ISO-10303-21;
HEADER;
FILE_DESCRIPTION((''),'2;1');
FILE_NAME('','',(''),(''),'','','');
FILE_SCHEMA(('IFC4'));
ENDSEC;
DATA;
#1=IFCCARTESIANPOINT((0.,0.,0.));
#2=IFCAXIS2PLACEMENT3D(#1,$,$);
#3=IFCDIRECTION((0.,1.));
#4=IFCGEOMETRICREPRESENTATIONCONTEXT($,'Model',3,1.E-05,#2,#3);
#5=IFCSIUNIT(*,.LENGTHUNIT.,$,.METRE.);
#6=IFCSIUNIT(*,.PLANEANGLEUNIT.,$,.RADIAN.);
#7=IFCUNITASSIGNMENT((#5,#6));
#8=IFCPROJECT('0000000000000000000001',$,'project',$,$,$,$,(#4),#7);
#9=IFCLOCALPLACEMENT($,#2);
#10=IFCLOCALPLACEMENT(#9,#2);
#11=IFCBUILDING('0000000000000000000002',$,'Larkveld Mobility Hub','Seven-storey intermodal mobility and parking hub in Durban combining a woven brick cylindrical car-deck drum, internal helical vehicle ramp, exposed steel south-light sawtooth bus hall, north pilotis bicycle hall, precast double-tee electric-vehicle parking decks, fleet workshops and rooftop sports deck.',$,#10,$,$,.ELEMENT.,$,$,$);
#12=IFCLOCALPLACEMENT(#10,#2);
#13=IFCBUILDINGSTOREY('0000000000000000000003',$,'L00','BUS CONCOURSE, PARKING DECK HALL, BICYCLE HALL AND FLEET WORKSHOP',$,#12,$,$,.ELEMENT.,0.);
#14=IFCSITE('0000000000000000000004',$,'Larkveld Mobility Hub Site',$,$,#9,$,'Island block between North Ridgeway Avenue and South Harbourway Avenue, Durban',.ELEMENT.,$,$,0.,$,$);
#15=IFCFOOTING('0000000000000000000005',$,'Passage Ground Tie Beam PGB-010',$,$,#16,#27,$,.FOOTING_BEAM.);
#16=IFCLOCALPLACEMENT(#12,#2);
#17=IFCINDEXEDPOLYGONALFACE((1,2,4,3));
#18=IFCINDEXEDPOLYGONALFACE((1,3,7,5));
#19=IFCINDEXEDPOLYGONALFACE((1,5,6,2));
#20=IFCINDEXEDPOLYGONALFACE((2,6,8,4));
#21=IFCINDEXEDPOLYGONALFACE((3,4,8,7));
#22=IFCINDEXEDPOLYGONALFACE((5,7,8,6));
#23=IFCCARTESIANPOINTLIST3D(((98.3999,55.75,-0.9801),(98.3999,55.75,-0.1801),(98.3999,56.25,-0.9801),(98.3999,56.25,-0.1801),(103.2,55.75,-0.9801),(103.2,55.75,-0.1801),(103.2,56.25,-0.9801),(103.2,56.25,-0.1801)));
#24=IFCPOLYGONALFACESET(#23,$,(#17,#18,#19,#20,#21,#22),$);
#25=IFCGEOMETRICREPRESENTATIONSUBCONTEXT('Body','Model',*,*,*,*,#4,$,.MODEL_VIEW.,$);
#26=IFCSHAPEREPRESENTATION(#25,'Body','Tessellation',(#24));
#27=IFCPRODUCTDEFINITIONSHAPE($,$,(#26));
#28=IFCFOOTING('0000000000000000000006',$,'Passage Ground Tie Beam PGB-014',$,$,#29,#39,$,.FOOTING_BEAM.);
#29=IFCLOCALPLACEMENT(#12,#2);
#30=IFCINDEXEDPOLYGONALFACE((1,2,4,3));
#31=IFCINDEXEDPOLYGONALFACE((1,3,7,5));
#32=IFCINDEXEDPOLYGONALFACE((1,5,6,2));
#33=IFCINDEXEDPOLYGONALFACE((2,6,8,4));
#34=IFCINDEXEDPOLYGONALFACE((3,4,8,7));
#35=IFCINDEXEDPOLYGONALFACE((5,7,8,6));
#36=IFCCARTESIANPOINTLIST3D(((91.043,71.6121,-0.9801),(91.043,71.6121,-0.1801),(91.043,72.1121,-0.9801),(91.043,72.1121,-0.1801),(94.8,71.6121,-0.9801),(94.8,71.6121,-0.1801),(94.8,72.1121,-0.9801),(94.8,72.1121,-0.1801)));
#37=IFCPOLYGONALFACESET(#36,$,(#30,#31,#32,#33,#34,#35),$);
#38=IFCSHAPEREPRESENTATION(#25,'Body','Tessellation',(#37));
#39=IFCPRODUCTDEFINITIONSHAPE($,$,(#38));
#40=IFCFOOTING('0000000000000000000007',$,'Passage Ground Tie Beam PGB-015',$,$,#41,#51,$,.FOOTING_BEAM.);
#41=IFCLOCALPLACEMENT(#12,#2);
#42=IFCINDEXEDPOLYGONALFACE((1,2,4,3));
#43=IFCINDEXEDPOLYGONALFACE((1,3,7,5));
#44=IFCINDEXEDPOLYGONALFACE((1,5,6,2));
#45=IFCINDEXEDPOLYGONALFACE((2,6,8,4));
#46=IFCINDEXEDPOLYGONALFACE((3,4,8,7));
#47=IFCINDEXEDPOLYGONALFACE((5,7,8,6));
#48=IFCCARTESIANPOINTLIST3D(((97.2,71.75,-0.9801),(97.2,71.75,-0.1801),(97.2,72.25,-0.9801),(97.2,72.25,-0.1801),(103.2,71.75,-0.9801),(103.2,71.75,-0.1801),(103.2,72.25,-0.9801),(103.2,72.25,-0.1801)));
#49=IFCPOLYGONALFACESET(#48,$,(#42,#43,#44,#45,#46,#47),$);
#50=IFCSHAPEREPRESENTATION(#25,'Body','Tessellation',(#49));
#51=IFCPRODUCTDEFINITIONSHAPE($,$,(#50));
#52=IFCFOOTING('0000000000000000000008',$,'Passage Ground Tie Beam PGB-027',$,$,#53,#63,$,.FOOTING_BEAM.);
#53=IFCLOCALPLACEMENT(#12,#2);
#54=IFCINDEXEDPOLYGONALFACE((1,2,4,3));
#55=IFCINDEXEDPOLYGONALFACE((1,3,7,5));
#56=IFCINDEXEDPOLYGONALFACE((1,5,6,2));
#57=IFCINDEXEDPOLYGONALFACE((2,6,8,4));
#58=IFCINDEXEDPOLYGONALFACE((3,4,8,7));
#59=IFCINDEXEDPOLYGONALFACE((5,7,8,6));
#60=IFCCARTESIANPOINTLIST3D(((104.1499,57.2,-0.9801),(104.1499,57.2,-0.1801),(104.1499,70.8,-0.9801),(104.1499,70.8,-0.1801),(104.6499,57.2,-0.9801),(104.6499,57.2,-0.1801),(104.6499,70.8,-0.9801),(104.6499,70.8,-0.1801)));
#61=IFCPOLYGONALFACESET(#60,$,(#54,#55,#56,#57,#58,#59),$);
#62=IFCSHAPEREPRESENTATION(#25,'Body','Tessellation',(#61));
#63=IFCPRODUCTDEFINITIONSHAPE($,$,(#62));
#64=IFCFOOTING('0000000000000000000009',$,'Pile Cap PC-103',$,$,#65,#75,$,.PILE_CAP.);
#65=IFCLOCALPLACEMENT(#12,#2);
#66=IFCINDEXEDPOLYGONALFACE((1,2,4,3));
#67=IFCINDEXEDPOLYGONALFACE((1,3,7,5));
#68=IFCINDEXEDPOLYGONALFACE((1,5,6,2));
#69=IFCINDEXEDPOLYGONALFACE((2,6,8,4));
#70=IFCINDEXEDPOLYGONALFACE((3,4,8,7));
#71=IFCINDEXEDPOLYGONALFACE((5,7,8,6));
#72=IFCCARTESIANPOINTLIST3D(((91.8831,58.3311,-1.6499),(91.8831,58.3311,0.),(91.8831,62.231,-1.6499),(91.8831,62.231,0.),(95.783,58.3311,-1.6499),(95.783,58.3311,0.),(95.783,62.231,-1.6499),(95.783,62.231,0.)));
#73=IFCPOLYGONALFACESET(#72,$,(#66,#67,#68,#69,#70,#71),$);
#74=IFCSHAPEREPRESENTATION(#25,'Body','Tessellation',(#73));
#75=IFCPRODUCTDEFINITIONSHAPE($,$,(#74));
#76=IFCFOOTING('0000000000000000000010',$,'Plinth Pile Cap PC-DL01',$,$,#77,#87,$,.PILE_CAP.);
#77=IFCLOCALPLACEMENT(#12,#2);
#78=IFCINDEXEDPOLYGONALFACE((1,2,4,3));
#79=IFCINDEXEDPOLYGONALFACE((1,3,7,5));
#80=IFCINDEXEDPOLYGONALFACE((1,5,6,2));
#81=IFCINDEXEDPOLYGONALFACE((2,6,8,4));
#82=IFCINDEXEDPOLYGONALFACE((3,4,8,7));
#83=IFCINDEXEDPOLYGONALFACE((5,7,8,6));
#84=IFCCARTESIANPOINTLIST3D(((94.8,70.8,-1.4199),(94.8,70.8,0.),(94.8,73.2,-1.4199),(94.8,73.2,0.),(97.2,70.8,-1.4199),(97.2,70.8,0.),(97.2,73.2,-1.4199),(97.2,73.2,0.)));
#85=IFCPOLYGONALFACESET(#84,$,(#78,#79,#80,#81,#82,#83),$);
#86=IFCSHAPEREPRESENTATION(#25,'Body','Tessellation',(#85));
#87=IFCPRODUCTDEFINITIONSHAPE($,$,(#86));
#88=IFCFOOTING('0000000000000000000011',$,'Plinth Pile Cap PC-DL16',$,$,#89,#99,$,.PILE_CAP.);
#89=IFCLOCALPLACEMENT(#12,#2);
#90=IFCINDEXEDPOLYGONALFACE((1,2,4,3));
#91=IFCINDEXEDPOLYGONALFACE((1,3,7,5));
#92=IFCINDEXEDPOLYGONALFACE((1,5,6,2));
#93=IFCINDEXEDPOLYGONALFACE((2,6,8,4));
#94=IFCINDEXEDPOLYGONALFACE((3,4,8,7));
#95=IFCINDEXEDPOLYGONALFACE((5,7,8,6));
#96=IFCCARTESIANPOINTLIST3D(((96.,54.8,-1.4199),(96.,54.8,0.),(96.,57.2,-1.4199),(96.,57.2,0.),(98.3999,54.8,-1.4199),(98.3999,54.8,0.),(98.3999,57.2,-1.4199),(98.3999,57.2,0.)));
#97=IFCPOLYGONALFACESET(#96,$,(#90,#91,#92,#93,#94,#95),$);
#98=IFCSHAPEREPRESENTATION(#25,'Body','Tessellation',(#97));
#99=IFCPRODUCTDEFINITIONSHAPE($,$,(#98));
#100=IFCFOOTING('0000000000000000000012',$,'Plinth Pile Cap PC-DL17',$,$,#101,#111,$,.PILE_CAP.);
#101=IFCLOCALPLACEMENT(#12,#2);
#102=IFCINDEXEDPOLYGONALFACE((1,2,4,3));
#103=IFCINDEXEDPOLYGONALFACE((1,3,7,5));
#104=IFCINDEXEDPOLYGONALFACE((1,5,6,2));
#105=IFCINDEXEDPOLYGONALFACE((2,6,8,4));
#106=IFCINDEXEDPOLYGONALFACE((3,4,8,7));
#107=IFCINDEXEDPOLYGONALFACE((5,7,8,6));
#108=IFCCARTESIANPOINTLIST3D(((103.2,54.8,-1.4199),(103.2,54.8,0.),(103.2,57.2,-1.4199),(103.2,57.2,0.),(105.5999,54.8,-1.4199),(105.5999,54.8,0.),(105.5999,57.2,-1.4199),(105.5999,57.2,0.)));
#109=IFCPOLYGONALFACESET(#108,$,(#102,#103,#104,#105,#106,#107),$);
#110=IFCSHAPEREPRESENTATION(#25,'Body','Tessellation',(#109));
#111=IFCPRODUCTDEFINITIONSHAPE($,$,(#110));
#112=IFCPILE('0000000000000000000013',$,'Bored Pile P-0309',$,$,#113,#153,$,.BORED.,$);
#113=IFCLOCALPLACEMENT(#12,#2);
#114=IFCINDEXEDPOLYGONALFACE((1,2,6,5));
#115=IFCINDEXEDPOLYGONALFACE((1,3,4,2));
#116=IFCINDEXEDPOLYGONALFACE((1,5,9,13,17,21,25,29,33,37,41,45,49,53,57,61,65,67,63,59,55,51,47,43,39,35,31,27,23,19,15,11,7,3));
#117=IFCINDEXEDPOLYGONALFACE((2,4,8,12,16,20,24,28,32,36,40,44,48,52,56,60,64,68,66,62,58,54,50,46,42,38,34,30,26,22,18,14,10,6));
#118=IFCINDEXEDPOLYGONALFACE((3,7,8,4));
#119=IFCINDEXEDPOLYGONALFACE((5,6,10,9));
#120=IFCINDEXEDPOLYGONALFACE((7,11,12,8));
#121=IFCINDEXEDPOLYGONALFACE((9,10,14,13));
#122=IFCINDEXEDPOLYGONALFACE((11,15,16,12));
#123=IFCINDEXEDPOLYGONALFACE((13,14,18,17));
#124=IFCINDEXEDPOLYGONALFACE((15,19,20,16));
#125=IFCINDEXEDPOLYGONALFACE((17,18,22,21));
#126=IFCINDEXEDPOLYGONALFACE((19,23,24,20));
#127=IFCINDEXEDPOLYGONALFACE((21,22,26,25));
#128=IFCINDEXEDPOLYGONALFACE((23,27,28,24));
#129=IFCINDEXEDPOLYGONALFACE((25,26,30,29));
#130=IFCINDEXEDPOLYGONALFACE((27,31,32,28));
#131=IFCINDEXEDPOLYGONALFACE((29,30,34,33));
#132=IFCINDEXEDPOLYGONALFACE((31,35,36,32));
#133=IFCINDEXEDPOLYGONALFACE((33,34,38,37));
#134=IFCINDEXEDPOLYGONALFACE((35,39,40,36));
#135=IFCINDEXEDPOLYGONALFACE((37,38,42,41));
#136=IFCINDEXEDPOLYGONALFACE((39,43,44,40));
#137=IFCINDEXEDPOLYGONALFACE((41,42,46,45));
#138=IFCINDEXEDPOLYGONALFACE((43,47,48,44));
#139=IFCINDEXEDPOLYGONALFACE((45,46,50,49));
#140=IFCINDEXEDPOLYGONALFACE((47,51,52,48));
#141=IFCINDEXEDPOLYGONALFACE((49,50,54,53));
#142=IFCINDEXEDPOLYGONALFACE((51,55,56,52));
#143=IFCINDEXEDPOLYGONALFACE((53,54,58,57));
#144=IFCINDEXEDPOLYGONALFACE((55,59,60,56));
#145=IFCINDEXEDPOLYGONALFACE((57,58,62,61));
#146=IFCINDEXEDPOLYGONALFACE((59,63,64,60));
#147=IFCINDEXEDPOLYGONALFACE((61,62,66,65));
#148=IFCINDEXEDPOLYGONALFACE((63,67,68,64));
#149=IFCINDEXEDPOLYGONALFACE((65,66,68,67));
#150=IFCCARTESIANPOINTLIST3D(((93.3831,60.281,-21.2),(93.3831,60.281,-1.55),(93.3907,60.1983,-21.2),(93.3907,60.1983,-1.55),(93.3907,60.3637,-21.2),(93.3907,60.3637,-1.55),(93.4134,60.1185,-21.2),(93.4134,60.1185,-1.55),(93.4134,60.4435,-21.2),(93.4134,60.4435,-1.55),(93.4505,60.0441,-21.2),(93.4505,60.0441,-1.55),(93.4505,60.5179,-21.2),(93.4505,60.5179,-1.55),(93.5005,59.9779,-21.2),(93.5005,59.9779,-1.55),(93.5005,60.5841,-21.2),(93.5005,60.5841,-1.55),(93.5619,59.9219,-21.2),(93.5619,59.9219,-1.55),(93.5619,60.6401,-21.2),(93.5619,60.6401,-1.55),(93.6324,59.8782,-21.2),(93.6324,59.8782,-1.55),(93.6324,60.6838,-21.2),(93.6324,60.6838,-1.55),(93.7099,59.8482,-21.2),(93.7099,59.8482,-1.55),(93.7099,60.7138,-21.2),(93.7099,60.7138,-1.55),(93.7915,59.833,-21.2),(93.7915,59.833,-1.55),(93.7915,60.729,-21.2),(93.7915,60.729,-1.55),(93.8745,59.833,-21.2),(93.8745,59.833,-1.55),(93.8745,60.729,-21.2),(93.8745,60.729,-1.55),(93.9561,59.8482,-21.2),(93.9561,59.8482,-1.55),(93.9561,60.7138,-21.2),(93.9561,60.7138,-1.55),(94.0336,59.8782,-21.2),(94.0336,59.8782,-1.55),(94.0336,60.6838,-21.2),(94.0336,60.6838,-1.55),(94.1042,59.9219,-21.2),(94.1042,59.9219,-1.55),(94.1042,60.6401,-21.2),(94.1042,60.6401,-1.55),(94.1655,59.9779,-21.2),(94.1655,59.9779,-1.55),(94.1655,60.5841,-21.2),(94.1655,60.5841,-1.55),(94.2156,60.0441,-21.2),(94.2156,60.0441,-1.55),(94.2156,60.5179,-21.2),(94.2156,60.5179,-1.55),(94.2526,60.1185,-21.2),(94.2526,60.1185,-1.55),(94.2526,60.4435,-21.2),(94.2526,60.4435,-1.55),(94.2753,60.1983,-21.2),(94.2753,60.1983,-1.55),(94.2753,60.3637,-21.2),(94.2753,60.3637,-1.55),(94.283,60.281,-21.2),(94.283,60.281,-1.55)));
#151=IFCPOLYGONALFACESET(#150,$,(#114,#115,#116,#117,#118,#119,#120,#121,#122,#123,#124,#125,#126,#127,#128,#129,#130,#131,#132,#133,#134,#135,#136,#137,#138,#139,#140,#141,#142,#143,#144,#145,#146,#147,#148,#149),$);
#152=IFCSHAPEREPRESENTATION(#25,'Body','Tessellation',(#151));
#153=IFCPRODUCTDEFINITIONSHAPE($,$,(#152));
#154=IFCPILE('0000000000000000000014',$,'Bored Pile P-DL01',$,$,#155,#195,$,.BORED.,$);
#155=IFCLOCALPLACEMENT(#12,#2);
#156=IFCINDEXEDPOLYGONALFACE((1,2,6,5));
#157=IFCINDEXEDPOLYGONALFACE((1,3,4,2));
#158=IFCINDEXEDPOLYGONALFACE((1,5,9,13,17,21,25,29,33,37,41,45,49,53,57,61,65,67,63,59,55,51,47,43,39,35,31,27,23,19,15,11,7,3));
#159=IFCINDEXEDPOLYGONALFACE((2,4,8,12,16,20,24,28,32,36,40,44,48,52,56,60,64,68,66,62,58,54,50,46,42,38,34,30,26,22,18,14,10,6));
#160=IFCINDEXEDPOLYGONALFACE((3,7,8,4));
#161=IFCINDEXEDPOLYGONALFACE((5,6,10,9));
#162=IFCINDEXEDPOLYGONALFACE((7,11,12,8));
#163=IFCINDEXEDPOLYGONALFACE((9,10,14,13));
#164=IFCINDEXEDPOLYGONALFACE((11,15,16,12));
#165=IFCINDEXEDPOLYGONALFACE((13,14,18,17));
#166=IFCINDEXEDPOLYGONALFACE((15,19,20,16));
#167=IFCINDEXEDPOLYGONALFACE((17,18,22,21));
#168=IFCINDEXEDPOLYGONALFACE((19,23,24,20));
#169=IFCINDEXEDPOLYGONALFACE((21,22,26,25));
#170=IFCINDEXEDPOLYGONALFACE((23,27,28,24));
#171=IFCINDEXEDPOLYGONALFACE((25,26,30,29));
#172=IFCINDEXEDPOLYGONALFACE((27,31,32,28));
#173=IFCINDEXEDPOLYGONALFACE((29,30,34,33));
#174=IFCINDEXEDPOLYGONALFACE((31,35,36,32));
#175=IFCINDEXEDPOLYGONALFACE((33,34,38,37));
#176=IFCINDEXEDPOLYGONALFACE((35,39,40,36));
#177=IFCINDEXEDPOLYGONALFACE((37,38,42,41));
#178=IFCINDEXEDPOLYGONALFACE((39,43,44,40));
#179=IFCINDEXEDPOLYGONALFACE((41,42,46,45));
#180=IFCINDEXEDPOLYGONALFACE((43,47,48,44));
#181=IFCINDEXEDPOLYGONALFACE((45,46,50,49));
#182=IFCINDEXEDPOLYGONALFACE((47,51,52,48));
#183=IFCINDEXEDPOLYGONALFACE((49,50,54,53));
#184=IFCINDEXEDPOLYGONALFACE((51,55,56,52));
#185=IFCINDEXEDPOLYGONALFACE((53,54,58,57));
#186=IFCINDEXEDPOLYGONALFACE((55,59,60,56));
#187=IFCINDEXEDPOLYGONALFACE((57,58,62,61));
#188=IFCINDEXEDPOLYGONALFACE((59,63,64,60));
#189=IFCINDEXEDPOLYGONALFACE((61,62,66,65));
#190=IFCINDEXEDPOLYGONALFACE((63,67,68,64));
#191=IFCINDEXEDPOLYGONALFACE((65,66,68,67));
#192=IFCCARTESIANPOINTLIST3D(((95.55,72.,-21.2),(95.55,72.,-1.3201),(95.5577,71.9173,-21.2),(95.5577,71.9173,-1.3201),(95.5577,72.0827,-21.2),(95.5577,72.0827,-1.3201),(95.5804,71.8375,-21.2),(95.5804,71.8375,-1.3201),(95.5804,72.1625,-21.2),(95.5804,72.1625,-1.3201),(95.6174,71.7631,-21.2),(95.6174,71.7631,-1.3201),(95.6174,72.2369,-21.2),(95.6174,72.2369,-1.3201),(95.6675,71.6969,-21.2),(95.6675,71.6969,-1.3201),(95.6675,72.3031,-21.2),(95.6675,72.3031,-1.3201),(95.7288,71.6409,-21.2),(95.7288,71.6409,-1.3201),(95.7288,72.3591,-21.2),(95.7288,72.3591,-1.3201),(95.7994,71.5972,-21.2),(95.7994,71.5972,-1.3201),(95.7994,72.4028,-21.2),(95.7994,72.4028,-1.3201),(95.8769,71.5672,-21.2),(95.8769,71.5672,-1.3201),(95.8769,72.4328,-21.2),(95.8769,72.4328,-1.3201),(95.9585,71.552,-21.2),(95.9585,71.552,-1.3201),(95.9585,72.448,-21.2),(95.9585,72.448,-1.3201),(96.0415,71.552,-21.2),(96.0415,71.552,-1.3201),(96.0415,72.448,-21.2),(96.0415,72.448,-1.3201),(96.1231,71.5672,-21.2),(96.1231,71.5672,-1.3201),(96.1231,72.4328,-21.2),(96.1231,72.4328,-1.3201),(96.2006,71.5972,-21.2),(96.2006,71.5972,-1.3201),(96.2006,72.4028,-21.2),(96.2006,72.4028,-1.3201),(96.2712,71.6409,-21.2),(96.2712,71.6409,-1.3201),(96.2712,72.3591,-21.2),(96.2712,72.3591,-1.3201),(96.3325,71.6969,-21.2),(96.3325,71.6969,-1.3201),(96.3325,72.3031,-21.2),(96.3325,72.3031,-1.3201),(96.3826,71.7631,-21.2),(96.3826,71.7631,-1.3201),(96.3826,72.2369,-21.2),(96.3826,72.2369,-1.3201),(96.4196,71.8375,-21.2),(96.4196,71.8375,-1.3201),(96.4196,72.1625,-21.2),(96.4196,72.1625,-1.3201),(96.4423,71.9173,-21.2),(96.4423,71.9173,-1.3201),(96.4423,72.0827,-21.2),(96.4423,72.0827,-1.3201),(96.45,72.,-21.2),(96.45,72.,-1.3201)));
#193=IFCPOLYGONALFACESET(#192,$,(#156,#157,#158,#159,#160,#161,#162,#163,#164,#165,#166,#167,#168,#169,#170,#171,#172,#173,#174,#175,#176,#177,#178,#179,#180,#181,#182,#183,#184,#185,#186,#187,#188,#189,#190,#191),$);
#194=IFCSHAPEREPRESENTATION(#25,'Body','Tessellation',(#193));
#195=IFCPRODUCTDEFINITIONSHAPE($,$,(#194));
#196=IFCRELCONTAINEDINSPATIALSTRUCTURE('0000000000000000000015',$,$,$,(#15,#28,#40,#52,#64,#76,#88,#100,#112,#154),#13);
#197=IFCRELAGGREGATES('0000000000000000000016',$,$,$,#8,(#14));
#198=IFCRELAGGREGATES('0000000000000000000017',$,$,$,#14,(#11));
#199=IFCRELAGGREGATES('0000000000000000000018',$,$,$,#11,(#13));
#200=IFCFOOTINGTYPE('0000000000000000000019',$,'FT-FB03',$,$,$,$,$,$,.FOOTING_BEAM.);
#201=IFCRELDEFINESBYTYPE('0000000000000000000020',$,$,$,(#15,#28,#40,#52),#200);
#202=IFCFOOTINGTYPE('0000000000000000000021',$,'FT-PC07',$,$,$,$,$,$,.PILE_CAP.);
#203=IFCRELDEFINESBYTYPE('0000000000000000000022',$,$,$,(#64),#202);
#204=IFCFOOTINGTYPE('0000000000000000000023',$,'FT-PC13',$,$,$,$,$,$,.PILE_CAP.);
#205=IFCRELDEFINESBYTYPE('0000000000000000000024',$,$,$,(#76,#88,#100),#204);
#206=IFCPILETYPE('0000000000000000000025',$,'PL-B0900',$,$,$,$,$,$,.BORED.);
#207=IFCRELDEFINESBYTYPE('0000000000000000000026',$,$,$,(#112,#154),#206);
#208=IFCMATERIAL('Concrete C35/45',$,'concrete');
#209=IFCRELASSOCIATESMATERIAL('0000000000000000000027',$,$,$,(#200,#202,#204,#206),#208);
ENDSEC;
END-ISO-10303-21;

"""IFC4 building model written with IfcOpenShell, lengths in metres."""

from ifc_helpers import new_model, si_unit, direction, frame, origin, origin_2d, place, context, subcontext, project, spatial, rectangle, circle, extrude, material, material_profile, profile_set, type_object, element, save


model = new_model("IFC4")

# Units and contexts
model_context = context("Model", 3, precision=1e-05, world=origin(), true_north=direction((0.0, 1.0)))
body_context = subcontext(model_context, "Body", "Model", "MODEL_VIEW")
ifc_project = project(units=[si_unit("LENGTHUNIT", "METRE"), si_unit("PLANEANGLEUNIT", "RADIAN")], contexts=[model_context])

# Site, building, storey
site_placement = place(None, origin())
site = spatial("IfcSite", under=ifc_project, at=site_placement, Name="Larkveld Mobility Hub Site", LongName="Island block between North Ridgeway Avenue and South Harbourway Avenue, Durban", CompositionType="ELEMENT", RefElevation=0.0)
building_placement = place(site_placement, origin())
building = spatial("IfcBuilding", under=site, at=building_placement, Name="Larkveld Mobility Hub", Description="Seven-storey intermodal mobility and parking hub in Durban combining a woven brick cylindrical car-deck drum, internal helical vehicle ramp, exposed steel south-light sawtooth bus hall, north pilotis bicycle hall, precast double-tee electric-vehicle parking decks, fleet workshops and rooftop sports deck.", CompositionType="ELEMENT")
storey_placement = place(building_placement, origin())
storey = spatial("IfcBuildingStorey", under=building, at=storey_placement, Name="L00", Description="BUS CONCOURSE, PARKING DECK HALL, BICYCLE HALL AND FLEET WORKSHOP", CompositionType="ELEMENT", Elevation=0.0)

# Footings
ifc_material_1 = material(Name="Concrete C35/45", Category="concrete")
ifc_material_profile_1 = material_profile(ifc_material_1, rectangle(XDim=0.5, YDim=0.8, at=origin_2d()), Name="RC BM 500x800")
ifc_profile_set_1 = profile_set([ifc_material_profile_1], Name="Concrete C35/45")
footing_type_1 = type_object("IfcFootingType", Name="FT-FB03", PredefinedType="FOOTING_BEAM", material=ifc_profile_set_1)
footing_1_placement = place(storey_placement, frame((98.3999, 56.0, -0.5801), z_axis=(1.0, 0.0, 0.0), x_axis=(0.0, 1.0, 0.0)))
element("IfcFooting", 1, at=footing_1_placement, inside=storey, type_object=footing_type_1, Name="Passage Ground Tie Beam PGB-010", PredefinedType="FOOTING_BEAM", context=body_context, shape_type="SweptSolid", body=[
    extrude(rectangle(XDim=0.5, YDim=0.8, at=origin_2d()), origin(), (0.0, 0.0, 1.0), 4.8),
])
footing_2_placement = place(storey_placement, frame((91.043, 71.8621, -0.5801), z_axis=(1.0, 0.0, 0.0), x_axis=(0.0, 1.0, 0.0)))
element("IfcFooting", 2, at=footing_2_placement, inside=storey, type_object=footing_type_1, Name="Passage Ground Tie Beam PGB-014", PredefinedType="FOOTING_BEAM", context=body_context, shape_type="SweptSolid", body=[
    extrude(rectangle(XDim=0.5, YDim=0.8, at=origin_2d()), origin(), (0.0, 0.0, 1.0), 3.7571),
])
footing_3_placement = place(storey_placement, frame((97.2, 72.0, -0.5801), z_axis=(1.0, 0.0, 0.0), x_axis=(0.0, 1.0, 0.0)))
element("IfcFooting", 3, at=footing_3_placement, inside=storey, type_object=footing_type_1, Name="Passage Ground Tie Beam PGB-015", PredefinedType="FOOTING_BEAM", context=body_context, shape_type="SweptSolid", body=[
    extrude(rectangle(XDim=0.5, YDim=0.8, at=origin_2d()), origin(), (0.0, 0.0, 1.0), 6.0),
])
footing_4_placement = place(storey_placement, frame((104.3999, 57.2, -0.5801), z_axis=(0.0, 1.0, 0.0), x_axis=(-1.0, 0.0, 0.0)))
element("IfcFooting", 4, at=footing_4_placement, inside=storey, type_object=footing_type_1, Name="Passage Ground Tie Beam PGB-027", PredefinedType="FOOTING_BEAM", context=body_context, shape_type="SweptSolid", body=[
    extrude(rectangle(XDim=0.5, YDim=0.8, at=origin_2d()), origin(), (0.0, 0.0, 1.0), 13.6001),
])
footing_type_2 = type_object("IfcFootingType", Name="FT-PC07", PredefinedType="PILE_CAP", material=ifc_material_1)
footing_5_placement = place(storey_placement, frame((93.833, 60.281, -1.6499), z_axis=(0.0, 0.0, 1.0), x_axis=(1.0, 0.0, 0.0)))
element("IfcFooting", 5, at=footing_5_placement, inside=storey, type_object=footing_type_2, Name="Pile Cap PC-103", PredefinedType="PILE_CAP", context=body_context, shape_type="SweptSolid", body=[
    extrude(rectangle(XDim=3.8999, YDim=3.8999, at=origin_2d()), origin(), (0.0, 0.0, 1.0), 1.6499),
])
footing_type_3 = type_object("IfcFootingType", Name="FT-PC13", PredefinedType="PILE_CAP", material=ifc_material_1)
for number, where, z_axis, x_axis, name in (
    (6, (96.0, 72.0, -1.4199), (0.0, 0.0, 1.0), (1.0, 0.0, 0.0), "Plinth Pile Cap PC-DL01"),
    (7, (97.2, 56.0, -1.4199), (0.0, 0.0, 1.0), (1.0, 0.0, 0.0), "Plinth Pile Cap PC-DL16"),
    (8, (104.3999, 56.0, -1.4199), (0.0, 0.0, 1.0), (1.0, 0.0, 0.0), "Plinth Pile Cap PC-DL17"),
):
    element("IfcFooting", number, at=place(storey_placement, frame(where, z_axis=z_axis, x_axis=x_axis)), inside=storey, type_object=footing_type_3, Name=name, PredefinedType="PILE_CAP", context=body_context, shape_type="SweptSolid", body=[
        extrude(rectangle(XDim=2.3999, YDim=2.3999, at=origin_2d()), origin(), (0.0, 0.0, 1.0), 1.4199),
    ])

# Piles
ifc_material_profile_2 = material_profile(ifc_material_1, circle(Radius=0.45, at=origin_2d()), Name="PILE D900")
ifc_profile_set_2 = profile_set([ifc_material_profile_2], Name="Concrete C35/45")
pile_type_1 = type_object("IfcPileType", Name="PL-B0900", PredefinedType="BORED", material=ifc_profile_set_2)
pile_placement = place(storey_placement, frame((93.833, 60.281, -1.55), z_axis=(0.0, 0.0, -1.0), x_axis=(1.0, 0.0, 0.0)))
element("IfcPile", 9, at=pile_placement, inside=storey, type_object=pile_type_1, Name="Bored Pile P-0309", PredefinedType="BORED", context=body_context, shape_type="SweptSolid", body=[
    extrude(circle(Radius=0.45, at=origin_2d()), origin(), (0.0, 0.0, 1.0), 19.6499),
])
for number, where, z_axis, x_axis, name in (
    (10, (96.0, 72.0, -1.3201), (0.0, 0.0, -1.0), (1.0, 0.0, 0.0), "Bored Pile P-DL01"),
):
    element("IfcPile", number, at=place(storey_placement, frame(where, z_axis=z_axis, x_axis=x_axis)), inside=storey, type_object=pile_type_1, Name=name, PredefinedType="BORED", context=body_context, shape_type="SweptSolid", body=[
        extrude(circle(Radius=0.45, at=origin_2d()), origin(), (0.0, 0.0, 1.0), 19.8799),
    ])

save(model, "model.ifc")
